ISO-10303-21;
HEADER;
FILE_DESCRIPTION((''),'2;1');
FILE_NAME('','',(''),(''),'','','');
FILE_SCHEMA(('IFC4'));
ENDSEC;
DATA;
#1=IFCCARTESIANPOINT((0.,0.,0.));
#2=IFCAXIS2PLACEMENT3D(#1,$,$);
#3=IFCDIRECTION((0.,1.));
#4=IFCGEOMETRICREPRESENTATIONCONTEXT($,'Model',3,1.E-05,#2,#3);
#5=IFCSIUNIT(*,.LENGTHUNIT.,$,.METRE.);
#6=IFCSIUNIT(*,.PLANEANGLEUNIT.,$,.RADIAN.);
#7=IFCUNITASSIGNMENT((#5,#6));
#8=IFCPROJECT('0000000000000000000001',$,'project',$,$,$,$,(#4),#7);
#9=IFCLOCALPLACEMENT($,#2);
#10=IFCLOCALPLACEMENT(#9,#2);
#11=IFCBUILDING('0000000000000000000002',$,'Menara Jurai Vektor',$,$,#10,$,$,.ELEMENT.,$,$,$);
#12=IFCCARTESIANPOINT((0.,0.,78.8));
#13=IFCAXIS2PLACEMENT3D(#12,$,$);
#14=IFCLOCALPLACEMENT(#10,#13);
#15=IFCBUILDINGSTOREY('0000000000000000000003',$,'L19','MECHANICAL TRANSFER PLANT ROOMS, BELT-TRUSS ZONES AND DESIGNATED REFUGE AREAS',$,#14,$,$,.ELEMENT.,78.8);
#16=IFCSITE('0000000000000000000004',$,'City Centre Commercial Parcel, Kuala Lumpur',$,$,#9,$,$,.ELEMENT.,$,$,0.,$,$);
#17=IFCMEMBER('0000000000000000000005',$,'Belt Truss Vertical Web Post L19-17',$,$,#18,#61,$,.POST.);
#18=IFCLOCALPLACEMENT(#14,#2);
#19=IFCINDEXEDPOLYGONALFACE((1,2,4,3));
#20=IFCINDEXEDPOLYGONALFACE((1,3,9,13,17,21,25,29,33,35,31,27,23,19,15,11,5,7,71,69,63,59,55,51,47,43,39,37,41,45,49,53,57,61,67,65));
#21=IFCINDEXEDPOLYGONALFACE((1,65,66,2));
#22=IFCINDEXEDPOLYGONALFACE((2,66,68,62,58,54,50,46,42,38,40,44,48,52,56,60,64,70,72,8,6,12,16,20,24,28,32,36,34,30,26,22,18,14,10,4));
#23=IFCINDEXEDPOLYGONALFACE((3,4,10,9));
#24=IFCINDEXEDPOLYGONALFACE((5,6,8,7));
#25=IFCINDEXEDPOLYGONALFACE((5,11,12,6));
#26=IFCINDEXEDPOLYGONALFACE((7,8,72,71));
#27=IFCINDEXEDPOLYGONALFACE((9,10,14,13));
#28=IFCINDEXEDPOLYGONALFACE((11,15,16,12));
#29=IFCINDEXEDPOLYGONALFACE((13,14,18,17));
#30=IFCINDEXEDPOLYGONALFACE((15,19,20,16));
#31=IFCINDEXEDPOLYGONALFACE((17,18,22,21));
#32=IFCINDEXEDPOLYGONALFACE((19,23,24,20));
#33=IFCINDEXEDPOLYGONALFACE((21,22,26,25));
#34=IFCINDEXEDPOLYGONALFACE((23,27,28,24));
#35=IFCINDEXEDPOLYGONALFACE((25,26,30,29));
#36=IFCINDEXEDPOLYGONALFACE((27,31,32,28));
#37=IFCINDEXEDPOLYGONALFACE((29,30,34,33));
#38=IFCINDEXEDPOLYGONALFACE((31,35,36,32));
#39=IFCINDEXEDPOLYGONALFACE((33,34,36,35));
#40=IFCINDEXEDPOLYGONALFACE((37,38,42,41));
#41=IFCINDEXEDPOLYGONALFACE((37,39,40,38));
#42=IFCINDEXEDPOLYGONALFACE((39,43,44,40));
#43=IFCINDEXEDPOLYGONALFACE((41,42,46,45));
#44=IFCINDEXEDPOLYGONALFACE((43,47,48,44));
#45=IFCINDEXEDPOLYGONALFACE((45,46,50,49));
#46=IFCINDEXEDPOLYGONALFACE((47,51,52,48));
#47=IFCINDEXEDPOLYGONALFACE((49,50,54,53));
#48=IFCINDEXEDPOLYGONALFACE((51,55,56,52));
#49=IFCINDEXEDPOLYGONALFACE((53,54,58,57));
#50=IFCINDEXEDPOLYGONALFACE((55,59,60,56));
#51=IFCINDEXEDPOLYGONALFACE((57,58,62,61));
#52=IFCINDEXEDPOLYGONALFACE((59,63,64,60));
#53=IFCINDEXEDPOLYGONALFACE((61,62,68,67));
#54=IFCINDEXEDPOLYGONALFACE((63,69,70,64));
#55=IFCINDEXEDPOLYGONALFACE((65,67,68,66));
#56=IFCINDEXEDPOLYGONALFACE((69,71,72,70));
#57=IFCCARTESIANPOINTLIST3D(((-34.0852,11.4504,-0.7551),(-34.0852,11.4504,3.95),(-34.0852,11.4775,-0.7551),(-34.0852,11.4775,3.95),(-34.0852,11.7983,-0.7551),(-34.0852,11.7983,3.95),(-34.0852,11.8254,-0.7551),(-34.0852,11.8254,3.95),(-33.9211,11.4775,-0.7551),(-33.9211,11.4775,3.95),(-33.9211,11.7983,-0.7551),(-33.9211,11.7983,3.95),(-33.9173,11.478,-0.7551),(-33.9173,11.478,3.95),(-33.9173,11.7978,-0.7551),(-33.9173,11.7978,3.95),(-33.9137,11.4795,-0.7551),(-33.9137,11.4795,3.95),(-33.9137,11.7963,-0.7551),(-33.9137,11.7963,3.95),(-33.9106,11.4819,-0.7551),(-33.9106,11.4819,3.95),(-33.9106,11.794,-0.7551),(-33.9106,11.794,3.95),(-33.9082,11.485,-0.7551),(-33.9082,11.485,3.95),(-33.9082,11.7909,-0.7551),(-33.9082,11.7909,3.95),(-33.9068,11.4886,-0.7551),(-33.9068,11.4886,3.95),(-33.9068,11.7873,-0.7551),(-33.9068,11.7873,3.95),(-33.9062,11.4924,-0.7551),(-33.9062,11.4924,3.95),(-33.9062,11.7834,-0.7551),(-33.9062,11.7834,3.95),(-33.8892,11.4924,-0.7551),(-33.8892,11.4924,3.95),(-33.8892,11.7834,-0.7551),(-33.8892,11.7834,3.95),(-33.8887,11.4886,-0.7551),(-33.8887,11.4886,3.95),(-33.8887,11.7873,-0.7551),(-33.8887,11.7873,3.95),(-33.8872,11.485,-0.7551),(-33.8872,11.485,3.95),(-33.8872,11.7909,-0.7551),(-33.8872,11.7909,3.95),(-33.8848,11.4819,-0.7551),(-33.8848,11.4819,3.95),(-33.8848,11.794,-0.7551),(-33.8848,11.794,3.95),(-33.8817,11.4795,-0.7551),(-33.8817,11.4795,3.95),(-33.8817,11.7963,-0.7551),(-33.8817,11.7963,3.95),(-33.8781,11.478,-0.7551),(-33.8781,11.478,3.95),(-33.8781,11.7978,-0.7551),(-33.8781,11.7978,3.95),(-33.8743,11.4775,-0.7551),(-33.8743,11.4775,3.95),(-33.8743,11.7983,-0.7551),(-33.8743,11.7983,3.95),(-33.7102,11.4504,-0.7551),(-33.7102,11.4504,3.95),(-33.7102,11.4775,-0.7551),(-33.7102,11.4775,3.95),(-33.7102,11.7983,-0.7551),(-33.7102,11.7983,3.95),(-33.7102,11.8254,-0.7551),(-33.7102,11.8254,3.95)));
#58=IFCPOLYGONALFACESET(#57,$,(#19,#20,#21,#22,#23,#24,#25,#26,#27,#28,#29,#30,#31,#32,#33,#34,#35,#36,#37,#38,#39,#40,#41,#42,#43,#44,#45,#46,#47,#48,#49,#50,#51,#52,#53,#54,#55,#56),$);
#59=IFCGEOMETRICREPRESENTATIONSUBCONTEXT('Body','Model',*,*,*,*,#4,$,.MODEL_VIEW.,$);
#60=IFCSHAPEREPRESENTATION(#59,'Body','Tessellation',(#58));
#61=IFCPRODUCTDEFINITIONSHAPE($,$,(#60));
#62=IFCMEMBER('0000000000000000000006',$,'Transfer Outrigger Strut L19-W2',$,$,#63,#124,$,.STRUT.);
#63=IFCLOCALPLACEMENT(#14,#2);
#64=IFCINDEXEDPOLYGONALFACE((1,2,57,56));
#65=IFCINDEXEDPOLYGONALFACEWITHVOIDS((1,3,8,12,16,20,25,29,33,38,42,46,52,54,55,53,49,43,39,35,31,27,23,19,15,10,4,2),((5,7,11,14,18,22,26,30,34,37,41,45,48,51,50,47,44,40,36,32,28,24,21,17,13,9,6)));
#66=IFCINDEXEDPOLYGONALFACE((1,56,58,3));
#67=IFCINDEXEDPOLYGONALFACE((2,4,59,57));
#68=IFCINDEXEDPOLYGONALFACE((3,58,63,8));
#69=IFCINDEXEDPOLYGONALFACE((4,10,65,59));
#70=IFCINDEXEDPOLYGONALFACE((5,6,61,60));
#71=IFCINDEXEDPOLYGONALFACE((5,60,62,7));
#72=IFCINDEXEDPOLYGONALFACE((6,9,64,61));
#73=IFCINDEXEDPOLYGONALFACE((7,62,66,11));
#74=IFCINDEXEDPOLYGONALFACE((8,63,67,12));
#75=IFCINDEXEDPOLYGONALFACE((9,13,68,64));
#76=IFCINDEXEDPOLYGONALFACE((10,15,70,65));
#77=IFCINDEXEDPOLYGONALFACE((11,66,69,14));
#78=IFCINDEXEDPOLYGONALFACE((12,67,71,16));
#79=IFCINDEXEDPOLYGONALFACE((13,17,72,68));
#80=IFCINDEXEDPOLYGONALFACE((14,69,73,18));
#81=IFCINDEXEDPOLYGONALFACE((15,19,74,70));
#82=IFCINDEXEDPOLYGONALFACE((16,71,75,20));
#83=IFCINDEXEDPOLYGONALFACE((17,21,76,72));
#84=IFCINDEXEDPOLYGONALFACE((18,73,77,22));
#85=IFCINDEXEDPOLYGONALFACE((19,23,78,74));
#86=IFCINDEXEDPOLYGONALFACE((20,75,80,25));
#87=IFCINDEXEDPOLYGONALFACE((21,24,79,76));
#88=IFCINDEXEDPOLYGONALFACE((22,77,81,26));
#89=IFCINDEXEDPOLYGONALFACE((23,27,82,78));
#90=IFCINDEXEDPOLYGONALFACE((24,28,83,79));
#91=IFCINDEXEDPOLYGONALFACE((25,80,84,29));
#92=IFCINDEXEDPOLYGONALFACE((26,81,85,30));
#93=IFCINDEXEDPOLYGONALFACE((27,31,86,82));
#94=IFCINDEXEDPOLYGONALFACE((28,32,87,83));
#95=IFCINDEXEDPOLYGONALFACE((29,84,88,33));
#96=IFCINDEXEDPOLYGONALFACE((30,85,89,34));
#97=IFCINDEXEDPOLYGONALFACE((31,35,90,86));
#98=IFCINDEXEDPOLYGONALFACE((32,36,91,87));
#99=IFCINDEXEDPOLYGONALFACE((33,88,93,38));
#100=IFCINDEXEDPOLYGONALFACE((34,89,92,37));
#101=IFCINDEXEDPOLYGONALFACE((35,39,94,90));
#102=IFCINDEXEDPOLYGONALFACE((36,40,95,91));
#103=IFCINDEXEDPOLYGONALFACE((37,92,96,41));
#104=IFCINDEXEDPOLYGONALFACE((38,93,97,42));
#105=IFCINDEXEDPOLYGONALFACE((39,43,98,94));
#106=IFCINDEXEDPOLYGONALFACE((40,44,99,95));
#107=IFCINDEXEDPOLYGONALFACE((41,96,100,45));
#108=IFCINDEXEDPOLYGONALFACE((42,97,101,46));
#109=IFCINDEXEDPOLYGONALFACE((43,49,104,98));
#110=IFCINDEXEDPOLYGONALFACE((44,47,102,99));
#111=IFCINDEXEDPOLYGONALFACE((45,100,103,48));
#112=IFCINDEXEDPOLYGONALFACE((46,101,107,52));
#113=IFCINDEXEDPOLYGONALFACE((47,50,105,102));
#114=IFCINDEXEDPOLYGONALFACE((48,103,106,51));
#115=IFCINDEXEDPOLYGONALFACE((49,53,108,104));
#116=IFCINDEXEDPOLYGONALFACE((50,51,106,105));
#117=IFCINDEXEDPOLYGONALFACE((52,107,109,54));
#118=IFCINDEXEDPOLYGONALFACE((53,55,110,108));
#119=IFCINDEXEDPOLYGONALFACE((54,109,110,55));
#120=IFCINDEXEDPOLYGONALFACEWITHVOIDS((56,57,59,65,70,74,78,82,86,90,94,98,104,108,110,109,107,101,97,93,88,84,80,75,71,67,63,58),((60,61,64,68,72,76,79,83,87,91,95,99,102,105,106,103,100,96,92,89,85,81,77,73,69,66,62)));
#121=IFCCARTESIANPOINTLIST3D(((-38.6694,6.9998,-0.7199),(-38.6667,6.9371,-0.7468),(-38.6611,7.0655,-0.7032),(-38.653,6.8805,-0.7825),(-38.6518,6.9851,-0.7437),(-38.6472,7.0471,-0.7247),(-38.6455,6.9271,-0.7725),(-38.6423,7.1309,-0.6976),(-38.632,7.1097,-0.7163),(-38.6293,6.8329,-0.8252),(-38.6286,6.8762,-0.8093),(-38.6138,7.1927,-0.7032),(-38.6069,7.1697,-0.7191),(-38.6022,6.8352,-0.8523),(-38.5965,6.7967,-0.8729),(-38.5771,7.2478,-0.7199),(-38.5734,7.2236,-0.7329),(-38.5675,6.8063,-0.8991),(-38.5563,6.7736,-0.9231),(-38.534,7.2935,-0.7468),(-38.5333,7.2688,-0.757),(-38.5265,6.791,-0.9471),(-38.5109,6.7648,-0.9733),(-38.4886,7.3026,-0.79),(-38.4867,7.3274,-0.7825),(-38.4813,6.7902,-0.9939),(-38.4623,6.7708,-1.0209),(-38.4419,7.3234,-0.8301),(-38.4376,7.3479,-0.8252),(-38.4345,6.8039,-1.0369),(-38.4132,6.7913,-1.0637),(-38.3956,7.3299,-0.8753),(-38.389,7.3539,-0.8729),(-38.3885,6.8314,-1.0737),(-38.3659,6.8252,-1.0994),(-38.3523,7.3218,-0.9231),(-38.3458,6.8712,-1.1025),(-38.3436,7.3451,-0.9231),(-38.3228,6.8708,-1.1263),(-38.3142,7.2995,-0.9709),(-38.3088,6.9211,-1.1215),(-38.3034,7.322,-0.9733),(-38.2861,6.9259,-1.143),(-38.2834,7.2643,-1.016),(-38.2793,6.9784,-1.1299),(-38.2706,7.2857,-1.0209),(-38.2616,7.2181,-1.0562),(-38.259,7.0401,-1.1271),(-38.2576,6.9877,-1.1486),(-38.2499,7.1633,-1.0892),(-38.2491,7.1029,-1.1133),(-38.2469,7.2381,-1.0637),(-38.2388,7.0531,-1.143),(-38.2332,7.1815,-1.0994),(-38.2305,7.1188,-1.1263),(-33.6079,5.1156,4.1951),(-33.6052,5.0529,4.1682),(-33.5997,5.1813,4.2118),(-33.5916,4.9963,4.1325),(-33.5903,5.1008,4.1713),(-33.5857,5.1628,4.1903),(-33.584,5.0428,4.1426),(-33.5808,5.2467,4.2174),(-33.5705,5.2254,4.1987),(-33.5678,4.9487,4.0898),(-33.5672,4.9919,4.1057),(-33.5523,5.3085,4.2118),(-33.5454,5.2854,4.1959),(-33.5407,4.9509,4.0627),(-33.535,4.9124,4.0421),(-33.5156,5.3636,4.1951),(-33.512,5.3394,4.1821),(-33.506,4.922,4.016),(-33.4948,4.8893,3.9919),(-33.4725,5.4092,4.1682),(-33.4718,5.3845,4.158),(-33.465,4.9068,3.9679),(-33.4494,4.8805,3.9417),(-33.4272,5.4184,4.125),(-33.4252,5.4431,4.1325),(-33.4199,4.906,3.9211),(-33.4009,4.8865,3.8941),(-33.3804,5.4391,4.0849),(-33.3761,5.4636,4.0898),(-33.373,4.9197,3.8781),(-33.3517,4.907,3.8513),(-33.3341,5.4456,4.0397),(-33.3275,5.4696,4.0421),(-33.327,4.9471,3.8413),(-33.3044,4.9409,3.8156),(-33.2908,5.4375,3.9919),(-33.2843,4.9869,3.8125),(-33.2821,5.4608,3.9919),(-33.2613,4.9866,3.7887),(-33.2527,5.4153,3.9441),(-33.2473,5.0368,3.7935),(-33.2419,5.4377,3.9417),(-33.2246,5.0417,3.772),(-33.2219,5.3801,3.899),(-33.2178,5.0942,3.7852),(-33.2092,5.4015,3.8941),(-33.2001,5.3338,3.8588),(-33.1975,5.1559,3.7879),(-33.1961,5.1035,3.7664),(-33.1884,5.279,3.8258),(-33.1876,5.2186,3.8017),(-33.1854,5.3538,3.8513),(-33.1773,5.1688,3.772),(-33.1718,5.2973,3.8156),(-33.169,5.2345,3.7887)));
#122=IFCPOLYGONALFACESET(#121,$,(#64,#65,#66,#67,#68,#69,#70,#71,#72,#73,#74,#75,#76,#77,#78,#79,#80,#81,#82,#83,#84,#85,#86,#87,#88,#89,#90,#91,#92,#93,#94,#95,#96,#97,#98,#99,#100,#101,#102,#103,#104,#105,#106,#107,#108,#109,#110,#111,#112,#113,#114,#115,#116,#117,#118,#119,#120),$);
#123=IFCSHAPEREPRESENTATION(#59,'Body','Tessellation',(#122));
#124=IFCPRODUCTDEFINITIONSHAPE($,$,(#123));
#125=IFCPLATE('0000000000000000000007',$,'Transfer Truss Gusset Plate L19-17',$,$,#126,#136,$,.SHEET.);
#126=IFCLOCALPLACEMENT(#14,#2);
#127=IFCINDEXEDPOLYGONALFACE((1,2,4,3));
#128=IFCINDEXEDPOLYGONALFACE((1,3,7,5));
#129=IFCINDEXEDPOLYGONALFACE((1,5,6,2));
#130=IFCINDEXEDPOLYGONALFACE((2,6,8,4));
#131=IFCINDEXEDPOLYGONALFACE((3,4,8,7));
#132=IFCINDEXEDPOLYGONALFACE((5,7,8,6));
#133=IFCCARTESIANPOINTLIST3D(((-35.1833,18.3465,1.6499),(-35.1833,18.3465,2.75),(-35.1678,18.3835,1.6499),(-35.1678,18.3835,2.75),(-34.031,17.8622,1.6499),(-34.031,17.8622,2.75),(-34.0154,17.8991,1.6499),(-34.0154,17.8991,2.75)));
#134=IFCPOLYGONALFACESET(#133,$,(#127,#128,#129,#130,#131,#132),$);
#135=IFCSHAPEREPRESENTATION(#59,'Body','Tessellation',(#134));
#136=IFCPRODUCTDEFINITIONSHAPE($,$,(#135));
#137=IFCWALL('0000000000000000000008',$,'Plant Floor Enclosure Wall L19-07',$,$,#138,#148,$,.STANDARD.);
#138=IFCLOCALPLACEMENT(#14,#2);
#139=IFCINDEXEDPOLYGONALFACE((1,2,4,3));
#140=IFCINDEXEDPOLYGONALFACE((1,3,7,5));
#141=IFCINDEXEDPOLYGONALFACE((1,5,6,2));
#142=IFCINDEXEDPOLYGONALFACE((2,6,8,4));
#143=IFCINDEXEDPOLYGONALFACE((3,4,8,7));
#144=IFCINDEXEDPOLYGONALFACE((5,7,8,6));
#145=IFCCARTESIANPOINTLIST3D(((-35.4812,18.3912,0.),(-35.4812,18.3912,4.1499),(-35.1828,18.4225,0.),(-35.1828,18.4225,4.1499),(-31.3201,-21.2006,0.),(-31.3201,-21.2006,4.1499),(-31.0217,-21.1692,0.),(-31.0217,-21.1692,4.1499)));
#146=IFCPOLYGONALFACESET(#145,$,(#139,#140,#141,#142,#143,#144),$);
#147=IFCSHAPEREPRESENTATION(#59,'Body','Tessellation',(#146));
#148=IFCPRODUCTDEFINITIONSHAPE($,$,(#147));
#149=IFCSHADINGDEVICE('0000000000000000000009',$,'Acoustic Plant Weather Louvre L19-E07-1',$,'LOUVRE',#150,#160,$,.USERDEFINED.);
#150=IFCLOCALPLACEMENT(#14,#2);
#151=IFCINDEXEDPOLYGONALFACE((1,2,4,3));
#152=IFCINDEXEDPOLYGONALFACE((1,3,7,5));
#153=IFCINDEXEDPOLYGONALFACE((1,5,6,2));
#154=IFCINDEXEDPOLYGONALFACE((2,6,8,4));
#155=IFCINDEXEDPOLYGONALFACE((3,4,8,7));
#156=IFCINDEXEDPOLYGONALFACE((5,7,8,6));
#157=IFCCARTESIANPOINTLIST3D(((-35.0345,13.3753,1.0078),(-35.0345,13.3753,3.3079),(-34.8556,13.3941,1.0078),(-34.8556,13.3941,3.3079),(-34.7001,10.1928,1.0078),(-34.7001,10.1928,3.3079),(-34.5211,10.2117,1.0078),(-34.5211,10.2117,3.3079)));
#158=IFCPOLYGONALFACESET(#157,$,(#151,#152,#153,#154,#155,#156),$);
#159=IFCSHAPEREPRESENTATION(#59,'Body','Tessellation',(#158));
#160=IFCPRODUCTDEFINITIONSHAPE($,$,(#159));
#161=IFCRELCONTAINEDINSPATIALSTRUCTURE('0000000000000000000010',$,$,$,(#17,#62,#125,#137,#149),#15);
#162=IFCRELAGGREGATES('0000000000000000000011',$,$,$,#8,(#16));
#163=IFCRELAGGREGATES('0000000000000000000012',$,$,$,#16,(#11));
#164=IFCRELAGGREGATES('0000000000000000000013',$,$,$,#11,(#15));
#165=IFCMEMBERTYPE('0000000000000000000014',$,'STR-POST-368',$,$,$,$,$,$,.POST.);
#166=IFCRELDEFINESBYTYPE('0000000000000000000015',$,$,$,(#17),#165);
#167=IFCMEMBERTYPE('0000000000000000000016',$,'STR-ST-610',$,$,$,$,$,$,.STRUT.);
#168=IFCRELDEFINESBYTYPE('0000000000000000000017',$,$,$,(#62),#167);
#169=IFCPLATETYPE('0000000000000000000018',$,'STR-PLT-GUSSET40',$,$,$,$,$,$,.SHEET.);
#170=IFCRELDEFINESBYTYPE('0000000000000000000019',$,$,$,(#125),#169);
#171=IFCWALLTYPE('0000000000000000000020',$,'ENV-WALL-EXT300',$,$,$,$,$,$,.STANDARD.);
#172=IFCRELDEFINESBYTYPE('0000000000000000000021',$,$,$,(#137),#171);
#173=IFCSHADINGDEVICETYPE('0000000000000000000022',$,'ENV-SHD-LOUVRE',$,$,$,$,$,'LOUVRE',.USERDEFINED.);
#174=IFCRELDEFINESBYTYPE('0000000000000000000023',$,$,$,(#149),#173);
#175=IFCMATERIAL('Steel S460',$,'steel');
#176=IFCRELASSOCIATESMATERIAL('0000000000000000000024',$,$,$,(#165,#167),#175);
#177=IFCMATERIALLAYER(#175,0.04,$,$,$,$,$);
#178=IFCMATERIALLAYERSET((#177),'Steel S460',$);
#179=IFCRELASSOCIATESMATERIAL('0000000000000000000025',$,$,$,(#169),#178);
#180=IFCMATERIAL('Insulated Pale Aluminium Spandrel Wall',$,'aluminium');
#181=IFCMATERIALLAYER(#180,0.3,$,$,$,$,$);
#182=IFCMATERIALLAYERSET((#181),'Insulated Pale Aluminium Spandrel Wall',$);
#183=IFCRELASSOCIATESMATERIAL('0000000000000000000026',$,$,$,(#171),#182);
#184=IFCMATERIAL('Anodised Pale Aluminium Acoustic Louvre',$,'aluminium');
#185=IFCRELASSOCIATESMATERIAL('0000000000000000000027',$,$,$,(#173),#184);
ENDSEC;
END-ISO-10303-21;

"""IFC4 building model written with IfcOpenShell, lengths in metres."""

from ifc_helpers import new_model, si_unit, direction, frame, frame_2d, origin, origin_2d, place, context, subcontext, project, spatial, rectangle, hollow_circle, i_section, extrude, material, layer, layer_set, material_profile, profile_set, type_object, element, save


model = new_model("IFC4")

# Units and contexts
model_context = context("Model", 3, precision=1e-05, world=origin(), true_north=direction((0.0, 1.0)))
body_context = subcontext(model_context, "Body", "Model", "MODEL_VIEW")
ifc_project = project(units=[si_unit("LENGTHUNIT", "METRE"), si_unit("PLANEANGLEUNIT", "RADIAN")], contexts=[model_context])

# Site, building, storey
site_placement = place(None, origin())
site = spatial("IfcSite", under=ifc_project, at=site_placement, Name="City Centre Commercial Parcel, Kuala Lumpur", CompositionType="ELEMENT", RefElevation=0.0)
building_placement = place(site_placement, origin())
building = spatial("IfcBuilding", under=site, at=building_placement, Name="Menara Jurai Vektor", CompositionType="ELEMENT")
storey_placement = place(building_placement, frame((0.0, 0.0, 78.8)))
storey = spatial("IfcBuildingStorey", under=building, at=storey_placement, Name="L19", Description="MECHANICAL TRANSFER PLANT ROOMS, BELT-TRUSS ZONES AND DESIGNATED REFUGE AREAS", CompositionType="ELEMENT", Elevation=78.8)

# Shared definitions
ifc_material_1 = material(Name="Steel S460", Category="steel")

# Members
ifc_material_profile_1 = material_profile(ifc_material_1, i_section(OverallWidth=0.375, OverallDepth=0.375, WebThickness=0.0171, FlangeThickness=0.0271, FilletRadius=0.0149, at=origin_2d()), Name="UKC 356x368x202")
ifc_profile_set_1 = profile_set([ifc_material_profile_1], Name="Steel S460")
member_type_1 = type_object("IfcMemberType", Name="STR-POST-368", PredefinedType="POST", material=ifc_profile_set_1)
member_1_placement = place(storey_placement, frame((-33.8977, 11.6379, -0.7551), z_axis=(0.0, 0.0, 1.0), x_axis=(1.0, 0.0, 0.0)))
element("IfcMember", 1, at=member_1_placement, inside=storey, type_object=member_type_1, Name="Belt Truss Vertical Web Post L19-17", PredefinedType="POST", context=body_context, shape_type="SweptSolid", body=[
    extrude(i_section(OverallWidth=0.375, OverallDepth=0.375, WebThickness=0.0171, FlangeThickness=0.0271, FilletRadius=0.0149, at=origin_2d()), origin(), (0.0, 0.0, 1.0), 4.7051),
])
ifc_material_profile_2 = material_profile(ifc_material_1, hollow_circle(Radius=0.3049, WallThickness=0.0249, at=origin_2d()), Name="CHS 610x25")
ifc_profile_set_2 = profile_set([ifc_material_profile_2], Name="Steel S460")
member_type_2 = type_object("IfcMemberType", Name="STR-ST-610", PredefinedType="STRUT", material=ifc_profile_set_2)
member_2_placement = place(storey_placement, frame((-38.45, 7.0593, -0.9231), z_axis=(0.693118, -0.25803, 0.673059), x_axis=(0.348883, 0.937166, 0.0)))
element("IfcMember", 2, at=member_2_placement, inside=storey, type_object=member_type_2, Name="Transfer Outrigger Strut L19-W2", PredefinedType="STRUT", context=body_context, shape_type="SweptSolid", body=[
    extrude(hollow_circle(Radius=0.3049, WallThickness=0.0249, at=origin_2d()), origin(), (0.0, 0.0, 1.0), 7.3025),
])

# Plate
ifc_layer_1 = layer(ifc_material_1, 0.04)
ifc_layer_set_1 = layer_set([ifc_layer_1], Name="Steel S460")
plate_type = type_object("IfcPlateType", Name="STR-PLT-GUSSET40", PredefinedType="SHEET", material=ifc_layer_set_1)
plate_placement = place(storey_placement, frame((-34.5994, 18.1228, 1.6499), z_axis=(0.0, 0.0, 1.0), x_axis=(0.921863, -0.387516, 0.0)))
element("IfcPlate", 3, at=plate_placement, inside=storey, type_object=plate_type, Name="Transfer Truss Gusset Plate L19-17", PredefinedType="SHEET", context=body_context, shape_type="SweptSolid", body=[
    extrude(rectangle(XDim=1.25, YDim=0.04, at=origin_2d()), origin(), (0.0, 0.0, 1.0), 1.1001),
])

# Wall
ifc_material_2 = material(Name="Insulated Pale Aluminium Spandrel Wall", Category="aluminium")
ifc_layer_2 = layer(ifc_material_2, 0.3)
ifc_layer_set_2 = layer_set([ifc_layer_2], Name="Insulated Pale Aluminium Spandrel Wall")
wall_type = type_object("IfcWallType", Name="ENV-WALL-EXT300", PredefinedType="STANDARD", material=ifc_layer_set_2)
wall_placement = place(storey_placement, frame((-35.332, 18.4067, 0.0), z_axis=(0.0, 0.0, 1.0), x_axis=(0.104525, -0.994522, 0.0)))
element("IfcWall", 4, at=wall_placement, inside=storey, type_object=wall_type, Name="Plant Floor Enclosure Wall L19-07", PredefinedType="STANDARD", context=body_context, shape_type="SweptSolid", body=[
    extrude(rectangle(XDim=39.8098, YDim=0.3, at=frame_2d((19.9048, 0.0))), origin(), (0.0, 0.0, 1.0), 4.1499),
])

# Shading device
ifc_material_3 = material(Name="Anodised Pale Aluminium Acoustic Louvre", Category="aluminium")
shading_device_type = type_object("IfcShadingDeviceType", Name="ENV-SHD-LOUVRE", ElementType="LOUVRE", PredefinedType="USERDEFINED", material=ifc_material_3)
shading_device_placement = place(storey_placement, frame((-34.7778, 11.7935, 1.0078), z_axis=(0.0, 0.0, 1.0), x_axis=(0.104528, -0.994522, 0.0)))
element("IfcShadingDevice", 5, at=shading_device_placement, inside=storey, type_object=shading_device_type, Name="Acoustic Plant Weather Louvre L19-E07-1", ObjectType="LOUVRE", PredefinedType="USERDEFINED", context=body_context, shape_type="SweptSolid", body=[
    extrude(rectangle(XDim=3.2, YDim=0.1799, at=origin_2d()), origin(), (0.0, 0.0, 1.0), 2.3),
])

save(model, "model.ifc")
